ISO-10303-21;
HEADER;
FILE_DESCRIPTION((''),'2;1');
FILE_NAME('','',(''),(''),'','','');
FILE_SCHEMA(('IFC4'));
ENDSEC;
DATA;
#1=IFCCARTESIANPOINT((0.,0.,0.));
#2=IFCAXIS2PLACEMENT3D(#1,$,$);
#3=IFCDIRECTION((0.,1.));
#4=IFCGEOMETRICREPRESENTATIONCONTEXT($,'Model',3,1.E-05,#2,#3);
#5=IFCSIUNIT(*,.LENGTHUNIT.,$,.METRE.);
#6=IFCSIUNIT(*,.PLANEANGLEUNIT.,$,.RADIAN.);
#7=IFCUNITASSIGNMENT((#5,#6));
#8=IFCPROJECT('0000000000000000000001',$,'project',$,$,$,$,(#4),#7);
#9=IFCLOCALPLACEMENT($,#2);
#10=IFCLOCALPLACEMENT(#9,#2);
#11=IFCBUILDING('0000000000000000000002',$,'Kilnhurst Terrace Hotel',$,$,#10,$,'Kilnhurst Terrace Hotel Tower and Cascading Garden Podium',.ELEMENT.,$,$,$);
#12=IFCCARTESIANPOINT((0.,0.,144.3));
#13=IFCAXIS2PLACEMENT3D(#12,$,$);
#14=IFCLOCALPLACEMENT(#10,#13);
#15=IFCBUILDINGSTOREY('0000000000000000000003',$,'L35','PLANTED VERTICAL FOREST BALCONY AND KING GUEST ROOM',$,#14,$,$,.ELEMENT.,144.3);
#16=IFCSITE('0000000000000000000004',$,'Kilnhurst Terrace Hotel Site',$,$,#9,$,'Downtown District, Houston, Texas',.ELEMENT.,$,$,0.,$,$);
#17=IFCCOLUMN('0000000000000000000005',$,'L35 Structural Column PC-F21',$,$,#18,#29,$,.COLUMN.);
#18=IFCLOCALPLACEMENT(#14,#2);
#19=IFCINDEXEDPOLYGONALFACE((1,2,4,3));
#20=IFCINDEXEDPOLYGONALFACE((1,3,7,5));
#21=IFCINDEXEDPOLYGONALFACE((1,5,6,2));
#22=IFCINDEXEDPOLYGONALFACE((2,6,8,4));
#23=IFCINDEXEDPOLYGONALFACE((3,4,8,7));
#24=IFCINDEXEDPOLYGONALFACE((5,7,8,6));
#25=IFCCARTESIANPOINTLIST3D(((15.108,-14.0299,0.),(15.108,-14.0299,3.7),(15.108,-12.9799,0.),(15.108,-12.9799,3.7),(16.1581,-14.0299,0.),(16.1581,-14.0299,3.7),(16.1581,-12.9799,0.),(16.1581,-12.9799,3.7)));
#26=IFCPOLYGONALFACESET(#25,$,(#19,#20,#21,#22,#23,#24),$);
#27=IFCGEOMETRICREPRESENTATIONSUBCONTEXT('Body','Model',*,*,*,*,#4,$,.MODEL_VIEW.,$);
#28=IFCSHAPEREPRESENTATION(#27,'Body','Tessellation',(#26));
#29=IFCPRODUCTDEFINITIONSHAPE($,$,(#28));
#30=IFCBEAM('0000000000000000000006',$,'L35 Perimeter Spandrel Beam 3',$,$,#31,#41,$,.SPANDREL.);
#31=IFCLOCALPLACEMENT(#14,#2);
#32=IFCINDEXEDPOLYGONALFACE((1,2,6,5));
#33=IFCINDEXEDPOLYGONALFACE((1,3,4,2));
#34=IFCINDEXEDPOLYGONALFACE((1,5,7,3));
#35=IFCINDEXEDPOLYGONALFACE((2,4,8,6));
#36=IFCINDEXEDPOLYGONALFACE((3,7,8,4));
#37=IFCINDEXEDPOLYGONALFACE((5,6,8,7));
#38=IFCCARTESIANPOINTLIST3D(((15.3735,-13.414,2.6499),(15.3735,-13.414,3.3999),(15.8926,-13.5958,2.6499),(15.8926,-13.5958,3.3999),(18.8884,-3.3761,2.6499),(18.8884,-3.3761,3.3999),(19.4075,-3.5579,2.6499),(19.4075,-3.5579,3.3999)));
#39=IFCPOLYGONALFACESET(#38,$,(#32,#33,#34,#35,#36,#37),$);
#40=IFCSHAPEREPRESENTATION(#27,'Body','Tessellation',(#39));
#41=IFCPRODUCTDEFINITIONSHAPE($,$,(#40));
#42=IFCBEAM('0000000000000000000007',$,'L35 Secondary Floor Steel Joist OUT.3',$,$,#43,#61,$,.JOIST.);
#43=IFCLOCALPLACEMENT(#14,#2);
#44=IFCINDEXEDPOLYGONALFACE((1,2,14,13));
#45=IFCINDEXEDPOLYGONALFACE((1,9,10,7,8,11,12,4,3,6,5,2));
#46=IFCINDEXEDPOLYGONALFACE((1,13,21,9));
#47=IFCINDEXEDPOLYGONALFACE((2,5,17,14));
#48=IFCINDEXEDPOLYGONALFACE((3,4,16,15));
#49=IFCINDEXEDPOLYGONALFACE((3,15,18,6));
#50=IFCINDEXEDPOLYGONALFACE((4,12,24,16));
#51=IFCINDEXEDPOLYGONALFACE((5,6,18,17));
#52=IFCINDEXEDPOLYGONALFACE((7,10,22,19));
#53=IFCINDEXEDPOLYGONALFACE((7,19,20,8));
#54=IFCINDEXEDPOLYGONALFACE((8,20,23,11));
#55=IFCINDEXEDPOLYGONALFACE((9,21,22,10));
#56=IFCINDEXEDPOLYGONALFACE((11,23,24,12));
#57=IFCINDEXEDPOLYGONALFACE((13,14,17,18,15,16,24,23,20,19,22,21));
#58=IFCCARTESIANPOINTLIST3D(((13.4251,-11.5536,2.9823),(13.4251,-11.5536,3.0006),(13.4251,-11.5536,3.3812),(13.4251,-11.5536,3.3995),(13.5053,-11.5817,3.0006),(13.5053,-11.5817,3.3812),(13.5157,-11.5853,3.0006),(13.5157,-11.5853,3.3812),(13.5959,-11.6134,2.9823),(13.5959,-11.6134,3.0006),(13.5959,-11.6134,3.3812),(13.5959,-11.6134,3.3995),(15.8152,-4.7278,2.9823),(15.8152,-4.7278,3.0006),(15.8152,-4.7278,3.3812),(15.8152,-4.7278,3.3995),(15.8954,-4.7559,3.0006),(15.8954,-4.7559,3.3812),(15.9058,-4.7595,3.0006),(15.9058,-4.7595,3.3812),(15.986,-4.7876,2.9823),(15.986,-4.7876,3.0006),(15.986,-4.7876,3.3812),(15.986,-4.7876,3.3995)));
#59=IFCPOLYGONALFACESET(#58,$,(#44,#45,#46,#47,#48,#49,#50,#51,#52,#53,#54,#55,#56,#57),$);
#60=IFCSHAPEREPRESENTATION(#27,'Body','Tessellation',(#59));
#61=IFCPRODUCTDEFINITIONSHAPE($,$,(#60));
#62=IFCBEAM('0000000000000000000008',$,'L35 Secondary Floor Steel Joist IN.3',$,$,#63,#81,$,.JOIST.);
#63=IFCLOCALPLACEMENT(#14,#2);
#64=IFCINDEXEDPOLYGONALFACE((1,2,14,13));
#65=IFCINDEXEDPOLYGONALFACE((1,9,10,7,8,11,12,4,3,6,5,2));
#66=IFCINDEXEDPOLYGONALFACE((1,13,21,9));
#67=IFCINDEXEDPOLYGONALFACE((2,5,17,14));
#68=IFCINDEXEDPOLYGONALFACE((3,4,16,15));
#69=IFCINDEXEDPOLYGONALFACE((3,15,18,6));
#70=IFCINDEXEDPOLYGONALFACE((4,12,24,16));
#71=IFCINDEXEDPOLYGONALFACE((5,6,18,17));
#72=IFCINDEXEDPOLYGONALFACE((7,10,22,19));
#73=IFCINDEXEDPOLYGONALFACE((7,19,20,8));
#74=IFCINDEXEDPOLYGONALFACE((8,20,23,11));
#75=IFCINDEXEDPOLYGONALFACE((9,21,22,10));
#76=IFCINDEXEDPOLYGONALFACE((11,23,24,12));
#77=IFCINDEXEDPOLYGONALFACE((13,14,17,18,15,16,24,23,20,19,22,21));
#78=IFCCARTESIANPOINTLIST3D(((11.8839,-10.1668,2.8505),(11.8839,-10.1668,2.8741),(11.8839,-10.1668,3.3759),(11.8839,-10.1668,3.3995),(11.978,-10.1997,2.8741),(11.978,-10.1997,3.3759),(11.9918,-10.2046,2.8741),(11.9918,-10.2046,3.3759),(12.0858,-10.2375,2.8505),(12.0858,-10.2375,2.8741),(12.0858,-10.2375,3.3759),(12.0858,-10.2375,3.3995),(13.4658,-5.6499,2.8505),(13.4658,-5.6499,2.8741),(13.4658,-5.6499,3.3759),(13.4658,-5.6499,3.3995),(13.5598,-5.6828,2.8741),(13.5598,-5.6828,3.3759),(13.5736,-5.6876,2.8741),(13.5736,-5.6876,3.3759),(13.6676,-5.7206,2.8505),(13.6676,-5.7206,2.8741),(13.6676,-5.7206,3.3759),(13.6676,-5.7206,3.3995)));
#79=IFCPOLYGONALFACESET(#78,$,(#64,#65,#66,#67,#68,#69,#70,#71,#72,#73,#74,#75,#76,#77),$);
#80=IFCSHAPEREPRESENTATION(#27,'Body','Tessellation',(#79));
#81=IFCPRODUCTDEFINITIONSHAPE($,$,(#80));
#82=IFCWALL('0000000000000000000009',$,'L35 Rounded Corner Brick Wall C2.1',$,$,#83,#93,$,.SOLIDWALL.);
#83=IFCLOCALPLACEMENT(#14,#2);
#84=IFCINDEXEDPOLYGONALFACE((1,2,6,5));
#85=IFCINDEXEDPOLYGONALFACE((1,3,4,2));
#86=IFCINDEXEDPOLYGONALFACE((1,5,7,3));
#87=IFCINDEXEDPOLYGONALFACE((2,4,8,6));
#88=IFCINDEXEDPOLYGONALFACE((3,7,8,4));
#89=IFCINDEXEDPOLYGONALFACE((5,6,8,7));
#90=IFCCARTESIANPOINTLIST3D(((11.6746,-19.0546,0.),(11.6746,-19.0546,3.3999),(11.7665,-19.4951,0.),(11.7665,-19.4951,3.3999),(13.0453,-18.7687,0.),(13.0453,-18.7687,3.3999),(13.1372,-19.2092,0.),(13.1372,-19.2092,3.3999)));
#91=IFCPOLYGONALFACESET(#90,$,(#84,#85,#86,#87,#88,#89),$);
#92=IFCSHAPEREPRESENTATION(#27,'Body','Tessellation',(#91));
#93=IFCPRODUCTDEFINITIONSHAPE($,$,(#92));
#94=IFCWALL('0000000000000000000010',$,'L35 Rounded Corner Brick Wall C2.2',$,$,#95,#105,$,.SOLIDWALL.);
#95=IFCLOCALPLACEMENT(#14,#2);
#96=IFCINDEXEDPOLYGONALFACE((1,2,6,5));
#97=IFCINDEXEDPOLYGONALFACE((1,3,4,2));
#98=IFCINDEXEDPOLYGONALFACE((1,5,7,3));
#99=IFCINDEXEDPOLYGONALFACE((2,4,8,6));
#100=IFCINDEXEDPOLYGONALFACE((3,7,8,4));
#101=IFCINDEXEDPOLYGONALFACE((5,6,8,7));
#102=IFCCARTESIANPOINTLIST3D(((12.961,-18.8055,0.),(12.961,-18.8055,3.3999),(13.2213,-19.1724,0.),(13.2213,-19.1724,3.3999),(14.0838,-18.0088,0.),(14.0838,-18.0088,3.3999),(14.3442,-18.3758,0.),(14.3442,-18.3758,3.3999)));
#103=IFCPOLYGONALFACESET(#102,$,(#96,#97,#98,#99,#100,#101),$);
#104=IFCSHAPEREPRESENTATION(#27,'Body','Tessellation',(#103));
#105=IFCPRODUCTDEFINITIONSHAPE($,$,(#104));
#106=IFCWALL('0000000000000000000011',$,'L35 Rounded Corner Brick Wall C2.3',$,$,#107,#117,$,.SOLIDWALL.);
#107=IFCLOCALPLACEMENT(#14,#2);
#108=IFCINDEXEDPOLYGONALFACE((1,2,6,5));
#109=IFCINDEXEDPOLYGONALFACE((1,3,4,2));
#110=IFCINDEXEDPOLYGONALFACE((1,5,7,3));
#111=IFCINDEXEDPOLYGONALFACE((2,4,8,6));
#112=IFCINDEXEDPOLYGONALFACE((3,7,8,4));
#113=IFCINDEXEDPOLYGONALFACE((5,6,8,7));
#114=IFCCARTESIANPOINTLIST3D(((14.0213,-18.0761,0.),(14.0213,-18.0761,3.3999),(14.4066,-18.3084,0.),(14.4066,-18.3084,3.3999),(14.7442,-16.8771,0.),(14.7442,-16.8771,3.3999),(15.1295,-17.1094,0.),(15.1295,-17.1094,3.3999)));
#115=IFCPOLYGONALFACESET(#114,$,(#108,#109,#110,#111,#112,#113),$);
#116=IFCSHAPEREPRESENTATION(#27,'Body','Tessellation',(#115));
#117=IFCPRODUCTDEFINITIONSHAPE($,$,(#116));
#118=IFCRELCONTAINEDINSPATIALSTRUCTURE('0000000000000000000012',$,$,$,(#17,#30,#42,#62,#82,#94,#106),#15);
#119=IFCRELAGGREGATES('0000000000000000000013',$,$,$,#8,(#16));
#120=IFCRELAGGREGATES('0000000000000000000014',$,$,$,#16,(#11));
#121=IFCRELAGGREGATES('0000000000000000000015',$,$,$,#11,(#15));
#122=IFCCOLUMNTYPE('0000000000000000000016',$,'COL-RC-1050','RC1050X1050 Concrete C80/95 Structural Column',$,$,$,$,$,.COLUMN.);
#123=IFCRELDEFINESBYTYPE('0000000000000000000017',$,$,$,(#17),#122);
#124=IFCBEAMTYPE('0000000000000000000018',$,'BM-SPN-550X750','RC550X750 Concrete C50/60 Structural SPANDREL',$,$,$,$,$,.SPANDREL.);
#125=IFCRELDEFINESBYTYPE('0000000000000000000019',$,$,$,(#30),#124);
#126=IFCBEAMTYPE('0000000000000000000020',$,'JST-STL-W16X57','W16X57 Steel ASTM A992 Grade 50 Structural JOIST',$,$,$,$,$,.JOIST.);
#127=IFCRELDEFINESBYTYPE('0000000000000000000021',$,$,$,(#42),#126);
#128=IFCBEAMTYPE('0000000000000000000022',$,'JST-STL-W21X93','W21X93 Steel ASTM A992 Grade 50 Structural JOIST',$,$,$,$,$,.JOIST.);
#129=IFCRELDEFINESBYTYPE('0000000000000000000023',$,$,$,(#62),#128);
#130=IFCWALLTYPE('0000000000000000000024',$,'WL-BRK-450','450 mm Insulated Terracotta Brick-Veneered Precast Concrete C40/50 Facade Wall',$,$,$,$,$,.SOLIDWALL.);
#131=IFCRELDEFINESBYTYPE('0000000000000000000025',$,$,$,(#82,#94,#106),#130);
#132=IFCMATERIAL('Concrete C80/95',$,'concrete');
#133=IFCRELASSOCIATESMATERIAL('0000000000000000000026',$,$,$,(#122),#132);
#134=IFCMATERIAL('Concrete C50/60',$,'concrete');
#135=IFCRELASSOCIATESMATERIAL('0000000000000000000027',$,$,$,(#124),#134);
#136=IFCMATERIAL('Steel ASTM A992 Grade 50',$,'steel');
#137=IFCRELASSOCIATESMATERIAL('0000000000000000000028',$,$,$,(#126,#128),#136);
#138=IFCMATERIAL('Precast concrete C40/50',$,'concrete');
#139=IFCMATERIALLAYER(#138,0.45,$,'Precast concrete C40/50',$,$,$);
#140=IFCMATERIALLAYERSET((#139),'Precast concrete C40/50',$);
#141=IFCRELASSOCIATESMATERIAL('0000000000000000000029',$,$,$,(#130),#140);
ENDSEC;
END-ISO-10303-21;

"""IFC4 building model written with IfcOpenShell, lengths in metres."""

from ifc_helpers import new_model, si_unit, direction, frame, frame_2d, origin, origin_2d, place, context, subcontext, project, spatial, rectangle, i_section, extrude, material, layer, layer_set, material_profile, profile_set, type_object, element, save


model = new_model("IFC4")

# Units and contexts
model_context = context("Model", 3, precision=1e-05, world=origin(), true_north=direction((0.0, 1.0)))
body_context = subcontext(model_context, "Body", "Model", "MODEL_VIEW")
ifc_project = project(units=[si_unit("LENGTHUNIT", "METRE"), si_unit("PLANEANGLEUNIT", "RADIAN")], contexts=[model_context])

# Site, building, storey
site_placement = place(None, origin())
site = spatial("IfcSite", under=ifc_project, at=site_placement, Name="Kilnhurst Terrace Hotel Site", LongName="Downtown District, Houston, Texas", CompositionType="ELEMENT", RefElevation=0.0)
building_placement = place(site_placement, origin())
building = spatial("IfcBuilding", under=site, at=building_placement, Name="Kilnhurst Terrace Hotel", LongName="Kilnhurst Terrace Hotel Tower and Cascading Garden Podium", CompositionType="ELEMENT")
storey_placement = place(building_placement, frame((0.0, 0.0, 144.3)))
storey = spatial("IfcBuildingStorey", under=building, at=storey_placement, Name="L35", Description="PLANTED VERTICAL FOREST BALCONY AND KING GUEST ROOM", CompositionType="ELEMENT", Elevation=144.3)

# Column
ifc_material_1 = material(Name="Concrete C80/95", Category="concrete")
ifc_material_profile_1 = material_profile(ifc_material_1, rectangle(XDim=1.05, YDim=1.05, at=origin_2d()), Name="RC1050X1050")
ifc_profile_set_1 = profile_set([ifc_material_profile_1], Name="Concrete C80/95")
column_type = type_object("IfcColumnType", Name="COL-RC-1050", Description="RC1050X1050 Concrete C80/95 Structural Column", PredefinedType="COLUMN", material=ifc_profile_set_1)
column_placement = place(storey_placement, frame((15.6331, -13.5049, 0.0), z_axis=(0.0, 0.0, 1.0), x_axis=(1.0, 0.0, 0.0)))
element("IfcColumn", 1, at=column_placement, inside=storey, type_object=column_type, Name="L35 Structural Column PC-F21", PredefinedType="COLUMN", context=body_context, shape_type="SweptSolid", body=[
    extrude(rectangle(XDim=1.05, YDim=1.05, at=origin_2d()), origin(), (0.0, 0.0, 1.0), 3.7),
])

# Beams
ifc_material_2 = material(Name="Concrete C50/60", Category="concrete")
ifc_material_profile_2 = material_profile(ifc_material_2, rectangle(XDim=0.55, YDim=0.75, at=origin_2d()), Name="RC550X750")
ifc_profile_set_2 = profile_set([ifc_material_profile_2], Name="Concrete C50/60")
beam_type_1 = type_object("IfcBeamType", Name="BM-SPN-550X750", Description="RC550X750 Concrete C50/60 Structural SPANDREL", PredefinedType="SPANDREL", material=ifc_profile_set_2)
beam_1_placement = place(storey_placement, frame((15.6331, -13.5049, 3.0249), z_axis=(0.330488, 0.94381, 0.0), x_axis=(-0.94381, 0.330488, 0.0)))
element("IfcBeam", 2, at=beam_1_placement, inside=storey, type_object=beam_type_1, Name="L35 Perimeter Spandrel Beam 3", PredefinedType="SPANDREL", context=body_context, shape_type="SweptSolid", body=[
    extrude(rectangle(XDim=0.55, YDim=0.75, at=origin_2d()), origin(), (0.0, 0.0, 1.0), 10.6355),
])
ifc_material_3 = material(Name="Steel ASTM A992 Grade 50", Category="steel")
ifc_material_profile_3 = material_profile(ifc_material_3, i_section(OverallWidth=0.1809, OverallDepth=0.4172, WebThickness=0.011, FlangeThickness=0.0183, at=origin_2d()), Name="W16X57")
ifc_profile_set_3 = profile_set([ifc_material_profile_3], Name="Steel ASTM A992 Grade 50")
beam_type_2 = type_object("IfcBeamType", Name="JST-STL-W16X57", Description="W16X57 Steel ASTM A992 Grade 50 Structural JOIST", PredefinedType="JOIST", material=ifc_profile_set_3)
beam_2_placement = place(storey_placement, frame((13.5105, -11.5835, 3.1909), z_axis=(0.330481, 0.943813, 0.0), x_axis=(-0.943813, 0.330481, 0.0)))
element("IfcBeam", 3, at=beam_2_placement, inside=storey, type_object=beam_type_2, Name="L35 Secondary Floor Steel Joist OUT.3", PredefinedType="JOIST", context=body_context, shape_type="SweptSolid", body=[
    extrude(i_section(OverallWidth=0.1809, OverallDepth=0.4172, WebThickness=0.011, FlangeThickness=0.0183, at=origin_2d()), origin(), (0.0, 0.0, 1.0), 7.2322),
])
ifc_material_profile_4 = material_profile(ifc_material_3, i_section(OverallWidth=0.2139, OverallDepth=0.5491, WebThickness=0.0146, FlangeThickness=0.0237, at=origin_2d()), Name="W21X93")
ifc_profile_set_4 = profile_set([ifc_material_profile_4], Name="Steel ASTM A992 Grade 50")
beam_type_3 = type_object("IfcBeamType", Name="JST-STL-W21X93", Description="W21X93 Steel ASTM A992 Grade 50 Structural JOIST", PredefinedType="JOIST", material=ifc_profile_set_4)
beam_3_placement = place(storey_placement, frame((11.9849, -10.2021, 3.125), z_axis=(0.330516, 0.9438, 0.0), x_axis=(-0.9438, 0.330516, 0.0)))
element("IfcBeam", 4, at=beam_3_placement, inside=storey, type_object=beam_type_3, Name="L35 Secondary Floor Steel Joist IN.3", PredefinedType="JOIST", context=body_context, shape_type="SweptSolid", body=[
    extrude(i_section(OverallWidth=0.2139, OverallDepth=0.5491, WebThickness=0.0146, FlangeThickness=0.0237, at=origin_2d()), origin(), (0.0, 0.0, 1.0), 4.7859),
])

# Walls
ifc_material_4 = material(Name="Precast concrete C40/50", Category="concrete")
ifc_layer_1 = layer(ifc_material_4, 0.45, Name="Precast concrete C40/50")
ifc_layer_set_1 = layer_set([ifc_layer_1], Name="Precast concrete C40/50")
wall_type_1 = type_object("IfcWallType", Name="WL-BRK-450", Description="450 mm Insulated Terracotta Brick-Veneered Precast Concrete C40/50 Facade Wall", PredefinedType="SOLIDWALL", material=ifc_layer_set_1)
wall_1_placement = place(storey_placement, frame((11.7205, -19.2749, 0.0), z_axis=(0.0, 0.0, 1.0), x_axis=(0.978931, 0.204191, 0.0)))
element("IfcWall", 5, at=wall_1_placement, inside=storey, type_object=wall_type_1, Name="L35 Rounded Corner Brick Wall C2.1", PredefinedType="SOLIDWALL", context=body_context, shape_type="SweptSolid", body=[
    extrude(rectangle(XDim=1.4001, YDim=0.45, at=frame_2d((0.7002, 0.0))), origin(), (0.0, 0.0, 1.0), 3.3999),
])
wall_2_placement = place(storey_placement, frame((13.0911, -18.989, 0.0), z_axis=(0.0, 0.0, 1.0), x_axis=(0.815575, 0.578652, 0.0)))
element("IfcWall", 6, at=wall_2_placement, inside=storey, type_object=wall_type_1, Name="L35 Rounded Corner Brick Wall C2.2", PredefinedType="SOLIDWALL", context=body_context, shape_type="SweptSolid", body=[
    extrude(rectangle(XDim=1.3767, YDim=0.45, at=frame_2d((0.6885, 0.0))), origin(), (0.0, 0.0, 1.0), 3.3999),
])
wall_3_placement = place(storey_placement, frame((14.2139, -18.1924, 0.0), z_axis=(0.0, 0.0, 1.0), x_axis=(0.516341, 0.856383, 0.0)))
element("IfcWall", 7, at=wall_3_placement, inside=storey, type_object=wall_type_1, Name="L35 Rounded Corner Brick Wall C2.3", PredefinedType="SOLIDWALL", context=body_context, shape_type="SweptSolid", body=[
    extrude(rectangle(XDim=1.4001, YDim=0.45, at=frame_2d((0.7002, 0.0))), origin(), (0.0, 0.0, 1.0), 3.3999),
])

save(model, "model.ifc")
